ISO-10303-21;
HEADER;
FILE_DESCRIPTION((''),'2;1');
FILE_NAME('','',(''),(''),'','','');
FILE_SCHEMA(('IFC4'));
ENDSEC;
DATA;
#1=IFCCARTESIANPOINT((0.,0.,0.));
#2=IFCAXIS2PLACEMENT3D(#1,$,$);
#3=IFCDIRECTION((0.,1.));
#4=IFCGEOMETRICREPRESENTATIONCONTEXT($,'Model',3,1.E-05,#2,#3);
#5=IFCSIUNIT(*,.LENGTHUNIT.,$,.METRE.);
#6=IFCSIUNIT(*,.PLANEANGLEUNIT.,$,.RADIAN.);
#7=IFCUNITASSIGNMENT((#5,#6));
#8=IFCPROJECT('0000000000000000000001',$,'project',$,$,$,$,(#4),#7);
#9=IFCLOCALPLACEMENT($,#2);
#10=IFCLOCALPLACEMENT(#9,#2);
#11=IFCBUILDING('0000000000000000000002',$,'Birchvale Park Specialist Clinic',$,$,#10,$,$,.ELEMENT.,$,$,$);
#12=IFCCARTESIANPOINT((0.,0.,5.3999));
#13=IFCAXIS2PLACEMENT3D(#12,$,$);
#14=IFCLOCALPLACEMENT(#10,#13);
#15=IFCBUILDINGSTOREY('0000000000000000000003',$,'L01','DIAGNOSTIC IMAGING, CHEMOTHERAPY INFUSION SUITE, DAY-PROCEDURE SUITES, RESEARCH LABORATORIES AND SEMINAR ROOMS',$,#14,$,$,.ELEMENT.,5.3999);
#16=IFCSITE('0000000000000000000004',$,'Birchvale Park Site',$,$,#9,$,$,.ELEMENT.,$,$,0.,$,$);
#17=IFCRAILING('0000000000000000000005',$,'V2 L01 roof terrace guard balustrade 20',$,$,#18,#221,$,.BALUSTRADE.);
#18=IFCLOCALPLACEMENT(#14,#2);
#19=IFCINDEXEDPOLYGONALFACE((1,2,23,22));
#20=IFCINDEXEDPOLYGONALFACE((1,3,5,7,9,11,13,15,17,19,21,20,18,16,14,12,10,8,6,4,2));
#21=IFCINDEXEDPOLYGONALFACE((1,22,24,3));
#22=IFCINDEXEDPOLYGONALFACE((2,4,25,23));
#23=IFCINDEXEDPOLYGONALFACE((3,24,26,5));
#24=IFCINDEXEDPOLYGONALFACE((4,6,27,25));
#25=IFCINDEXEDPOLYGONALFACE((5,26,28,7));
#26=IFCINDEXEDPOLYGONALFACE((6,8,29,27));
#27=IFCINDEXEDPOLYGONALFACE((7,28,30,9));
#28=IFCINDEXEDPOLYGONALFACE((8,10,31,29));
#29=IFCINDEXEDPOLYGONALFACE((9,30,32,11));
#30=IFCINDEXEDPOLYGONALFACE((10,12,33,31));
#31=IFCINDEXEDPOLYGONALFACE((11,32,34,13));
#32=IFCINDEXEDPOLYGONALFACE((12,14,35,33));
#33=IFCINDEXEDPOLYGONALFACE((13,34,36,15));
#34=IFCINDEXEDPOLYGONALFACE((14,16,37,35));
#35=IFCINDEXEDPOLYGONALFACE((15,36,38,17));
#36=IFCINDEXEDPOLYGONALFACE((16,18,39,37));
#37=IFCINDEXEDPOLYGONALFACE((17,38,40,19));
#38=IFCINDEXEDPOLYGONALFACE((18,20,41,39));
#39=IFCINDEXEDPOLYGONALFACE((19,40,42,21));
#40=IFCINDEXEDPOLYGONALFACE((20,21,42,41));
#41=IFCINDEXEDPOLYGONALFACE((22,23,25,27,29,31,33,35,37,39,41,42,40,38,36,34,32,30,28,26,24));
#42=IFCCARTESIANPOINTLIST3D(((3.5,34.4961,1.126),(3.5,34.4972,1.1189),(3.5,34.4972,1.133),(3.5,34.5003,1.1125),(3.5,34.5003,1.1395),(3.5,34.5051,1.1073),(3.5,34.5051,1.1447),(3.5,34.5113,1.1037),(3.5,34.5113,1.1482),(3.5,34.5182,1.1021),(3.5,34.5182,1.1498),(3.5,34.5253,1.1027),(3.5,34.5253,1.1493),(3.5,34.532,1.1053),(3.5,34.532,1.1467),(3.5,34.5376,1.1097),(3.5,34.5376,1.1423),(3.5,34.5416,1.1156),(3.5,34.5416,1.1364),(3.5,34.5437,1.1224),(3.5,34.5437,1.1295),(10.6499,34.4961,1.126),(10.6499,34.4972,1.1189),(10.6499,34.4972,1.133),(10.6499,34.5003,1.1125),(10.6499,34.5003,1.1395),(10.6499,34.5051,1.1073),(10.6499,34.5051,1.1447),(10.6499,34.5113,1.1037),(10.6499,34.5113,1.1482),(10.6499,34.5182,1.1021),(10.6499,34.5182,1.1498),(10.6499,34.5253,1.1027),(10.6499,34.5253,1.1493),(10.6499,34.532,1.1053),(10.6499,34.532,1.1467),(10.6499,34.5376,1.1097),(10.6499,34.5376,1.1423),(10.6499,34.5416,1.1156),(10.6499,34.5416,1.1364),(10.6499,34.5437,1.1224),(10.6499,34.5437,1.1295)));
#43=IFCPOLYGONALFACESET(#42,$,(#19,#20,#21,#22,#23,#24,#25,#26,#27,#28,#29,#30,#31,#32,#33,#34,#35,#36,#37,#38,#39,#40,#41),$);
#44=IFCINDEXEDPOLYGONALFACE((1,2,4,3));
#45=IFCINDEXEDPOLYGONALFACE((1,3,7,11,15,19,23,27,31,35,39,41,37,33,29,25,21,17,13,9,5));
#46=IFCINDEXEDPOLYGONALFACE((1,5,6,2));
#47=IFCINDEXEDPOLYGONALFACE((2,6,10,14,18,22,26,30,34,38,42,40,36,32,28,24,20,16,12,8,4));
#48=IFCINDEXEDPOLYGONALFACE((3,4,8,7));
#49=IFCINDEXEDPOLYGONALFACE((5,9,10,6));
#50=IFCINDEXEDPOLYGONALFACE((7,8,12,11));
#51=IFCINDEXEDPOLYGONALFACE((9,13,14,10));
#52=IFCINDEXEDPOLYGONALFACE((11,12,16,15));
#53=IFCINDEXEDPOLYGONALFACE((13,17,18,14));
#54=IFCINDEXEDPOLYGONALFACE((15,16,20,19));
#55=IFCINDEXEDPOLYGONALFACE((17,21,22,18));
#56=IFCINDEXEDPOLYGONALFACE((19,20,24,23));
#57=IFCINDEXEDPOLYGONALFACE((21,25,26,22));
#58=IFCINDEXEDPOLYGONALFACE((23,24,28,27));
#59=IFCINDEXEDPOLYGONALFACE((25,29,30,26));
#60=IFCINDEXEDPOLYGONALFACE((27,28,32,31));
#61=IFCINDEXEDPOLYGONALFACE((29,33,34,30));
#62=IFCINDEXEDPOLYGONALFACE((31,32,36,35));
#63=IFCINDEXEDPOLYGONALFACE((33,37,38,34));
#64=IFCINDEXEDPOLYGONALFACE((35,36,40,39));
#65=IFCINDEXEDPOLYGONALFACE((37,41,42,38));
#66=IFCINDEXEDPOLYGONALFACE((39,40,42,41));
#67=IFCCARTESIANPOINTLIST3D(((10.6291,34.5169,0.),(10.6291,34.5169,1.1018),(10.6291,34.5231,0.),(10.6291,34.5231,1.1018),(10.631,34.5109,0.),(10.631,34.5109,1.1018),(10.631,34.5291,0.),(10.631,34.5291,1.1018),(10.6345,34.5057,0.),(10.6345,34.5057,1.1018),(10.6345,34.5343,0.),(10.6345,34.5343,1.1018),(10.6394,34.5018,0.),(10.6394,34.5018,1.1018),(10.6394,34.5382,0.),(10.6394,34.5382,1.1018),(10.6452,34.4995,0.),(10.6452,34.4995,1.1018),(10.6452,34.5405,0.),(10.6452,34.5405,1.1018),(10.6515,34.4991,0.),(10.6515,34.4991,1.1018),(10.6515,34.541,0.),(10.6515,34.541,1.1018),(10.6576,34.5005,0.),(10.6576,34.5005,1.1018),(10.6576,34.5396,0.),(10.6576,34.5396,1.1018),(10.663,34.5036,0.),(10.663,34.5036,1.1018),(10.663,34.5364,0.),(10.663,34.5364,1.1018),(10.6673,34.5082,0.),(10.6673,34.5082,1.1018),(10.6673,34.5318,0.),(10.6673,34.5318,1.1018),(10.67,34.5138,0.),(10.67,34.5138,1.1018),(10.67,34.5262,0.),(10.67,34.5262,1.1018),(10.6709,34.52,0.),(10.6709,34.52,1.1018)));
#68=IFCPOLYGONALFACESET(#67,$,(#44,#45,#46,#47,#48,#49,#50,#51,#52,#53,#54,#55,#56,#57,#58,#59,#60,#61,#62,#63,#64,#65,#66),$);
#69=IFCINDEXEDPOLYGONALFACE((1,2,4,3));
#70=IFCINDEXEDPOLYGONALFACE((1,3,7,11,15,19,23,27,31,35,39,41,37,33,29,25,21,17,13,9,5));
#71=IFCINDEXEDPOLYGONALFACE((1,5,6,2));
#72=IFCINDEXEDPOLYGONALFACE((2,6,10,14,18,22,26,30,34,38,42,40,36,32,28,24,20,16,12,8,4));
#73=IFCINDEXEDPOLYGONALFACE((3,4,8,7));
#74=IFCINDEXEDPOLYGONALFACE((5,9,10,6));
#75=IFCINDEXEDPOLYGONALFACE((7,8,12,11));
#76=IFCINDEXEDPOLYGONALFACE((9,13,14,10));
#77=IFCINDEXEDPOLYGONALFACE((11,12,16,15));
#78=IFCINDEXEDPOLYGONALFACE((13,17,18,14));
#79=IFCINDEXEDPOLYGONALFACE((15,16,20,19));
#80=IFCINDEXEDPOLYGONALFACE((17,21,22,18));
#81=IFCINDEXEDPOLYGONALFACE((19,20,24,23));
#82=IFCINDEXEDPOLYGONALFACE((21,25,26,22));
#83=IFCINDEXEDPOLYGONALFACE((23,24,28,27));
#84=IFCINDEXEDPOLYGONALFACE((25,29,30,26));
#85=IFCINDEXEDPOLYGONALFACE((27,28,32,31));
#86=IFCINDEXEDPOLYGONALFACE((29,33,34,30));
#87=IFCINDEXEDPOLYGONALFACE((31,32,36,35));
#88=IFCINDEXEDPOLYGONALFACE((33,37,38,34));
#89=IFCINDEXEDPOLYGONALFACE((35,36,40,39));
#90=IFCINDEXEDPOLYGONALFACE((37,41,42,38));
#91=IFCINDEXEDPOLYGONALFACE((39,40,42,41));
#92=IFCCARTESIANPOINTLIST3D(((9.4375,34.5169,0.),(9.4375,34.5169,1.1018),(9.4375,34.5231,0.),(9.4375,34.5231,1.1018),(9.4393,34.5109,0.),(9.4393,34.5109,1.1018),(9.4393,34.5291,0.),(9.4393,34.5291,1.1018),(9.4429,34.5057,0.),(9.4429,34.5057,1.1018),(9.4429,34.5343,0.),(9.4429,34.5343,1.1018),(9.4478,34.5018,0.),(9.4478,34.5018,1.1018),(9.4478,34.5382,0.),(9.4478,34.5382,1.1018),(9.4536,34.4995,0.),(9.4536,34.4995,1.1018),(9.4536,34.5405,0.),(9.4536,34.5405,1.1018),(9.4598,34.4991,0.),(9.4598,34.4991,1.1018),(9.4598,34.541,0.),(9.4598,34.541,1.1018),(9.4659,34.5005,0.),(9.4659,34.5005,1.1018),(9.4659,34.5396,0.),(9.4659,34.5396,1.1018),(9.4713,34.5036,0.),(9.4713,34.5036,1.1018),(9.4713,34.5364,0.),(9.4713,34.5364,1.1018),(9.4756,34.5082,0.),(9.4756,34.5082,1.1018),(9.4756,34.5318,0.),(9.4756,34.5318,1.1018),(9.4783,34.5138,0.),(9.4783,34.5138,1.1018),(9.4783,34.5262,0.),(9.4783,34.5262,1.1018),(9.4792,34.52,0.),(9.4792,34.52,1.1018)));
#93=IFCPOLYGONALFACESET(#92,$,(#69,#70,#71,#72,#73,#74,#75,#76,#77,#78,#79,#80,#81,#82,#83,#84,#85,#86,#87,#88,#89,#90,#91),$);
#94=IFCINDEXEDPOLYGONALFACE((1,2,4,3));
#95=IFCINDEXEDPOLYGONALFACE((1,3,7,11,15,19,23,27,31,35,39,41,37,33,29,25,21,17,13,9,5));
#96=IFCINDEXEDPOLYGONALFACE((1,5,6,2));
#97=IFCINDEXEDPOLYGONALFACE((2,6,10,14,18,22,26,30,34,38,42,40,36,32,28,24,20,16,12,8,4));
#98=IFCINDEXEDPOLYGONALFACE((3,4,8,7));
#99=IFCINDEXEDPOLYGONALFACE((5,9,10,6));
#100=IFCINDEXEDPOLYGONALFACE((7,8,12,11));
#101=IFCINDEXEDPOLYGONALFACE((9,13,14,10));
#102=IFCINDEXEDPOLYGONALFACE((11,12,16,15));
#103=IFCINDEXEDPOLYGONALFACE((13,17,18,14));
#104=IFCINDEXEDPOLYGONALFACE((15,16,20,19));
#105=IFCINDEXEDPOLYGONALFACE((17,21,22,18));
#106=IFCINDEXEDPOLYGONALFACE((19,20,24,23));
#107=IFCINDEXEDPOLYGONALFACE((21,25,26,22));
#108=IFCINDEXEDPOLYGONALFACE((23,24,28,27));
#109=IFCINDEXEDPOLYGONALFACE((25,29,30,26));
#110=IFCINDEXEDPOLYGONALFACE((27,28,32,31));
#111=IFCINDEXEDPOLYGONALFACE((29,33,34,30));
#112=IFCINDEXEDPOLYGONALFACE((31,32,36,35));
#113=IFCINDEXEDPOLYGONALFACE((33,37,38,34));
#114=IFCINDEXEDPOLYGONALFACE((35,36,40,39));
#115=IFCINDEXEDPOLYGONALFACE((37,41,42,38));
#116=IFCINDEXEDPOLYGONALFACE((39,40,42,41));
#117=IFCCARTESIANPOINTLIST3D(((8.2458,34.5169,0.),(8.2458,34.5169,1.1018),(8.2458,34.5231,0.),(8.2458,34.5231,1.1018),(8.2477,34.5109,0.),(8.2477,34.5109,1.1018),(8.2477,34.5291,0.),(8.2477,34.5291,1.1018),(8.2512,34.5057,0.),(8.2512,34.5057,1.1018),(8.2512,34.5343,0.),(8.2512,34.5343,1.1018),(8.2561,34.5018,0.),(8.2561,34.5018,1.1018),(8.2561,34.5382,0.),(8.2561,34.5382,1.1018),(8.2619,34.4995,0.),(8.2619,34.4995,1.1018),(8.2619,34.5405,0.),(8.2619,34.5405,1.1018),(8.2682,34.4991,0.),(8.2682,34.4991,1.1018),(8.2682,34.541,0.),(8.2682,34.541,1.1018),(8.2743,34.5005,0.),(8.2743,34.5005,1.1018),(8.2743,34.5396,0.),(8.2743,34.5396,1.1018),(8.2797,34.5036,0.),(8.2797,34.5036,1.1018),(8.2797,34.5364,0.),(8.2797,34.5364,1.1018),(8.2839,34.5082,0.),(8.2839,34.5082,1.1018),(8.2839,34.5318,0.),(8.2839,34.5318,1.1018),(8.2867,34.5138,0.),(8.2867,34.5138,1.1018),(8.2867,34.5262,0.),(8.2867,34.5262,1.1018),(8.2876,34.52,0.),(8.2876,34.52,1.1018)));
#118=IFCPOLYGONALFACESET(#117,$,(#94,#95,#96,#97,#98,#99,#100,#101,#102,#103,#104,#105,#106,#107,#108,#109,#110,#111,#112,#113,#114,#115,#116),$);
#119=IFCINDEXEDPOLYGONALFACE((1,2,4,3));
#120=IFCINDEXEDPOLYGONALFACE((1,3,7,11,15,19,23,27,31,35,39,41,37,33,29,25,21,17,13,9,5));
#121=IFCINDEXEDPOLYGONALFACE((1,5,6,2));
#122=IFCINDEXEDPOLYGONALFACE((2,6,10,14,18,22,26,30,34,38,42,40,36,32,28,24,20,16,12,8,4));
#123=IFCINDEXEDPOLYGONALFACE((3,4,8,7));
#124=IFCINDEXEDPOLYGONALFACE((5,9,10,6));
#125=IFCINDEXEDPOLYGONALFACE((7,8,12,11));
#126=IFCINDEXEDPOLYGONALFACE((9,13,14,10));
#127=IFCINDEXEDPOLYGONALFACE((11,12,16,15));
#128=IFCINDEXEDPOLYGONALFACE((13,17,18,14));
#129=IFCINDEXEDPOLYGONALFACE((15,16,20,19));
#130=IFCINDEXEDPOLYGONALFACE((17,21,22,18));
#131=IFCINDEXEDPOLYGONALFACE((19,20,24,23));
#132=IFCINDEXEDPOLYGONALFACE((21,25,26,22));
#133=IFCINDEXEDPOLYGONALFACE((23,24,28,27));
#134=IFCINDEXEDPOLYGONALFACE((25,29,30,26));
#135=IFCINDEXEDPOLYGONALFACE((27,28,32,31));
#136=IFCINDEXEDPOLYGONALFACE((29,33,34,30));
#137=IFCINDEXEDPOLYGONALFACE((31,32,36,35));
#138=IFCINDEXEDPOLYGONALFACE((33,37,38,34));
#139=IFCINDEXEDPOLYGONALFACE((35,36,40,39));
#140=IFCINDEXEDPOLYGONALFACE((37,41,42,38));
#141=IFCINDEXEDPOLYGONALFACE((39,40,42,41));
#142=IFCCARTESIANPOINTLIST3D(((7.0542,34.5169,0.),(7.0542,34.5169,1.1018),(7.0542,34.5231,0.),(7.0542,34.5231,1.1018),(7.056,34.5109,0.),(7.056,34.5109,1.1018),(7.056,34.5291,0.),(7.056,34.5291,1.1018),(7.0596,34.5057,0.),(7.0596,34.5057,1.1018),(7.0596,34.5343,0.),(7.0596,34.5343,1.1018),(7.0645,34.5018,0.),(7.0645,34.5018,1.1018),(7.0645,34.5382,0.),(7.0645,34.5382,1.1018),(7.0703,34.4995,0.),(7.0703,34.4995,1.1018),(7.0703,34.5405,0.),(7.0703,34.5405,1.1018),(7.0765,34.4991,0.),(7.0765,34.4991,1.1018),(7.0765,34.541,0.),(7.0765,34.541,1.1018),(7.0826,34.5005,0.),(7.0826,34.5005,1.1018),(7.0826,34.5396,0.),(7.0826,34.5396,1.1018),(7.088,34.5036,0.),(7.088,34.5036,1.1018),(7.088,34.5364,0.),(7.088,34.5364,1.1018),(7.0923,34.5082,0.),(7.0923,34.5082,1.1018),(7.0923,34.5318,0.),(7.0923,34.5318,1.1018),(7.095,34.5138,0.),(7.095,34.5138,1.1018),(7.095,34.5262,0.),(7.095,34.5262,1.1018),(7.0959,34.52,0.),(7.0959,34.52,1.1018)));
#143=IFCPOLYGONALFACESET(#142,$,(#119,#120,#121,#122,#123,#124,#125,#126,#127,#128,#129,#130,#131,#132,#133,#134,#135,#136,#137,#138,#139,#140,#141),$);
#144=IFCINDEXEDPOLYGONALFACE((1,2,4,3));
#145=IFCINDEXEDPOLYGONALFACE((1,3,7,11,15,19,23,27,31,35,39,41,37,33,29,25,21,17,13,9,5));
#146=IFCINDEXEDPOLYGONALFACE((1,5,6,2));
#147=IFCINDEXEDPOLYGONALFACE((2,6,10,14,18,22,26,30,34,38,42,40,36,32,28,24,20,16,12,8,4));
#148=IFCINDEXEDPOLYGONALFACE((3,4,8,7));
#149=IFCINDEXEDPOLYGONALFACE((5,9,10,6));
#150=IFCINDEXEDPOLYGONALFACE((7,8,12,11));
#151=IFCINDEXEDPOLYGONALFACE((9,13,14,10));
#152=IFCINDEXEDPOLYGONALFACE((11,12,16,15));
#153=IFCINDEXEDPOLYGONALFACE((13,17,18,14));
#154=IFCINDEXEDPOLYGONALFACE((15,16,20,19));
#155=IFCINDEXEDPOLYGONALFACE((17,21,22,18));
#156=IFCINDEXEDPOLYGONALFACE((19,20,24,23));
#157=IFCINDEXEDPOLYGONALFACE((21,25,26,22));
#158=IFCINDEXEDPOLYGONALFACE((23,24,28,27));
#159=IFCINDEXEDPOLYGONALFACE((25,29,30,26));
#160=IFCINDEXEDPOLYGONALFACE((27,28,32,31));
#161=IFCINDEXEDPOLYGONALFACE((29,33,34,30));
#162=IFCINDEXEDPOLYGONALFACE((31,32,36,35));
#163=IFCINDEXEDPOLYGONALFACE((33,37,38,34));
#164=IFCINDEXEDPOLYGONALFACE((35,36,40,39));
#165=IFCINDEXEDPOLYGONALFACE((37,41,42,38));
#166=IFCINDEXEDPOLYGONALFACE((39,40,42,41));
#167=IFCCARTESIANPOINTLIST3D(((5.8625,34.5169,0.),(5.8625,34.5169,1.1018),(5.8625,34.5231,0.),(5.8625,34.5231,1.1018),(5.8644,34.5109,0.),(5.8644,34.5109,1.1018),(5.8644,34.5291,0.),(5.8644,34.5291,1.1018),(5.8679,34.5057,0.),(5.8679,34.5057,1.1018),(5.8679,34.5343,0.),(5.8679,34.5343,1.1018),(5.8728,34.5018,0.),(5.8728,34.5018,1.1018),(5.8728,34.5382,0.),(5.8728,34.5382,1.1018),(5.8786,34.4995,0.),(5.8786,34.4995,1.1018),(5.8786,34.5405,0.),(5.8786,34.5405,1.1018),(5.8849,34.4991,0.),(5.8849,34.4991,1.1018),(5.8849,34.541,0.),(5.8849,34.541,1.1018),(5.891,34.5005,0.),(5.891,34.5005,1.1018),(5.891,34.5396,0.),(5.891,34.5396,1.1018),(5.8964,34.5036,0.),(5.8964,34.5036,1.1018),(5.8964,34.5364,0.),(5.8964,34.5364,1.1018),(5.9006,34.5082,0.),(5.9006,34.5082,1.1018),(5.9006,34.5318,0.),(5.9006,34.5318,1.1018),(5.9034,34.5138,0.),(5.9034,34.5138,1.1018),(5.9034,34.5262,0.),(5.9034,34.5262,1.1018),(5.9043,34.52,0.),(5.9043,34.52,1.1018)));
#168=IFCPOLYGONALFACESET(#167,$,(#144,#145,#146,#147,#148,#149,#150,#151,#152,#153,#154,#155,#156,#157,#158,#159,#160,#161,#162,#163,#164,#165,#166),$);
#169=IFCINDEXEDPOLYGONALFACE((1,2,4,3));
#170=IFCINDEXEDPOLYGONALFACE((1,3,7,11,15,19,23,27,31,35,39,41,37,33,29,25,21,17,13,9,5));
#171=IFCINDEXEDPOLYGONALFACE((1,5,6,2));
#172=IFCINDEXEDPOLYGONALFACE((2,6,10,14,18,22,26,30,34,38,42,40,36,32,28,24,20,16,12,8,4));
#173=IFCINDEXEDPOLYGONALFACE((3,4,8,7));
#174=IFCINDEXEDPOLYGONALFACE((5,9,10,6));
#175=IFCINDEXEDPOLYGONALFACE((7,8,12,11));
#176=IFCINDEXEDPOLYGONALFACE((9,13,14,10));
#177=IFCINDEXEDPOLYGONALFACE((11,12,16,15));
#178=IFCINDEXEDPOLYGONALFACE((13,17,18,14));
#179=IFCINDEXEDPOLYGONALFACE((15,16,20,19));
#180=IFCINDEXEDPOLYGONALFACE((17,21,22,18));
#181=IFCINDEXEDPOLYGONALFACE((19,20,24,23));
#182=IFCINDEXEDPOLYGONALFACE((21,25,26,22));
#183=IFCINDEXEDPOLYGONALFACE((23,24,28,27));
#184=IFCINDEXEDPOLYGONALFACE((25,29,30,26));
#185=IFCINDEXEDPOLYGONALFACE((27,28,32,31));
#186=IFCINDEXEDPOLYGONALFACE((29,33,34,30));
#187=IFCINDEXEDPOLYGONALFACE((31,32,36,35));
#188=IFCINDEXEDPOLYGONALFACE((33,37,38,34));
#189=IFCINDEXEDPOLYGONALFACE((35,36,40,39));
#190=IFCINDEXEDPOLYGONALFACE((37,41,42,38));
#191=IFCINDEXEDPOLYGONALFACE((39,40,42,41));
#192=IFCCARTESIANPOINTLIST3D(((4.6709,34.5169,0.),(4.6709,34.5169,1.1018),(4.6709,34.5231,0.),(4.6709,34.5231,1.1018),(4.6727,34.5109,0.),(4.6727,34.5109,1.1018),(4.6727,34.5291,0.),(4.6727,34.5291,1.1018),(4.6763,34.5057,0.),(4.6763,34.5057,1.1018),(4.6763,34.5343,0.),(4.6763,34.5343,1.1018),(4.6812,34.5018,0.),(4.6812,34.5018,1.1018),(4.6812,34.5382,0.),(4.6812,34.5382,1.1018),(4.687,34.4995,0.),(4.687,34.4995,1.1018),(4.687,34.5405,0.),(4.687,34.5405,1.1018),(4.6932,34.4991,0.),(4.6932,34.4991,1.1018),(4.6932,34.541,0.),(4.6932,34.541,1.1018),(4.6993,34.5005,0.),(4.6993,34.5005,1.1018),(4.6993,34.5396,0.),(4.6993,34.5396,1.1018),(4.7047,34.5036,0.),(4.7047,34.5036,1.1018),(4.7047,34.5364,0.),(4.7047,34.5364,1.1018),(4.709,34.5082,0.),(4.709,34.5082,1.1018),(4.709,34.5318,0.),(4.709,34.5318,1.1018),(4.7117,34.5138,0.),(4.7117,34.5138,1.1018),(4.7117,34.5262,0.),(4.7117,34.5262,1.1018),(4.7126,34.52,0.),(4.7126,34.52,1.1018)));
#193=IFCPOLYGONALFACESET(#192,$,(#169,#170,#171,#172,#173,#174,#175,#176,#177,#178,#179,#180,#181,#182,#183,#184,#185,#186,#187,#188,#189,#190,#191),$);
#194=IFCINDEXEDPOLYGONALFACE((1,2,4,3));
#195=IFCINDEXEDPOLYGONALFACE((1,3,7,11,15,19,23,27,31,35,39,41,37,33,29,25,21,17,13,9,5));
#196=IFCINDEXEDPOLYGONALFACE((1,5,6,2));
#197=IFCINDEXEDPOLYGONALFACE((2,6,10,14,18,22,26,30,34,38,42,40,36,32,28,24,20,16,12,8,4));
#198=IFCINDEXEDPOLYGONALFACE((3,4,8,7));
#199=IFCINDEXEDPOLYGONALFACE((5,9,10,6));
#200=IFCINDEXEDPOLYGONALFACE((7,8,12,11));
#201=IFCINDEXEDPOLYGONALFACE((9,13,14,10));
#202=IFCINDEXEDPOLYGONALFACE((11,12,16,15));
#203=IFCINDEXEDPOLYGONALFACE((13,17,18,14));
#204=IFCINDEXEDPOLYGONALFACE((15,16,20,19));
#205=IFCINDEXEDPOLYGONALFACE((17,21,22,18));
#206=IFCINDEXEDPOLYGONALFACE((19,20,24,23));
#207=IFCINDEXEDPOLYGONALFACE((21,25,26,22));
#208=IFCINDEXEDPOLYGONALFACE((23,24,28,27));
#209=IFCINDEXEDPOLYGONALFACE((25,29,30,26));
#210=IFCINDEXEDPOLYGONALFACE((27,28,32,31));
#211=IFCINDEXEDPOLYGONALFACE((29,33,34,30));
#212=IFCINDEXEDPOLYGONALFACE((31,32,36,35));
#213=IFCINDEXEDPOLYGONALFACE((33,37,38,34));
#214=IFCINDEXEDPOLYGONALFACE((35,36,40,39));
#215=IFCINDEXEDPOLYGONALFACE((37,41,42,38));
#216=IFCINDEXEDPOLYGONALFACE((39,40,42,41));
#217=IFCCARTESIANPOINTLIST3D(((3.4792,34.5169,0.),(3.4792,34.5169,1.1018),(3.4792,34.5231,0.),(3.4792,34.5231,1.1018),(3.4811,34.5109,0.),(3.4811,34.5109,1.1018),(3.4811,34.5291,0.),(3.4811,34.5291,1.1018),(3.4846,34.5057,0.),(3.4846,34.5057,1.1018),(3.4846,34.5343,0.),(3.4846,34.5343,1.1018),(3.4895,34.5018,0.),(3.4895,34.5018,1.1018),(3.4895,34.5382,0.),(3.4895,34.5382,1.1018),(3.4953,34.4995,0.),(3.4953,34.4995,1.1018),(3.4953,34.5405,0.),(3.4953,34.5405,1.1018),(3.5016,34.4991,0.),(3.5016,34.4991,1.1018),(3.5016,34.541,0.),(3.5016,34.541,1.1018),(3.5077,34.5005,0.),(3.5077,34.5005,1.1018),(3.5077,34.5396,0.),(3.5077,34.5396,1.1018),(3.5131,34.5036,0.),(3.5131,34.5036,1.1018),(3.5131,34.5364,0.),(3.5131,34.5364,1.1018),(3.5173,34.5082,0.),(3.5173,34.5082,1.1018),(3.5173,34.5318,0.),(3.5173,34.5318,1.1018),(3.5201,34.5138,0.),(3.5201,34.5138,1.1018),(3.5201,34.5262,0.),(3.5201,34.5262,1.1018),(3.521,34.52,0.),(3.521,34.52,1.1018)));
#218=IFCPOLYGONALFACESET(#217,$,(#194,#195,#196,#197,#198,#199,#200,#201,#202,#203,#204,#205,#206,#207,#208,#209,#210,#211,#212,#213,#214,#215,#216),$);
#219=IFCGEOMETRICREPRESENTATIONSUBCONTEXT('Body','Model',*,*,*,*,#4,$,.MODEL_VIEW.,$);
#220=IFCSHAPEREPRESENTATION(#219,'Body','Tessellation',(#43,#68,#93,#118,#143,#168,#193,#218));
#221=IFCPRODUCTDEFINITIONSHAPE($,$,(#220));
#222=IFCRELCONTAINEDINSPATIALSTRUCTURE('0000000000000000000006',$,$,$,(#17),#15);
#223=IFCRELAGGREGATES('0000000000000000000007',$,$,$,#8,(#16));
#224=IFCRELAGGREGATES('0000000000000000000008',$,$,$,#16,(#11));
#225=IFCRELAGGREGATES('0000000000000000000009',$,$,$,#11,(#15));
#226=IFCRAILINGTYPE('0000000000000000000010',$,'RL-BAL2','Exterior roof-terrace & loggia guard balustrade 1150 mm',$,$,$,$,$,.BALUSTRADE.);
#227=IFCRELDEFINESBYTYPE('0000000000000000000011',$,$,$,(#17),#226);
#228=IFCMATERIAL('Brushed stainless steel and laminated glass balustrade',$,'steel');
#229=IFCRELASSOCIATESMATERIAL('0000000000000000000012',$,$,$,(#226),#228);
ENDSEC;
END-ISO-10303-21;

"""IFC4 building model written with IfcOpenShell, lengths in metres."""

from ifc_helpers import new_model, si_unit, direction, frame, origin, origin_2d, place, context, subcontext, project, spatial, circle, extrude, material, type_object, element, save


model = new_model("IFC4")

# Units and contexts
model_context = context("Model", 3, precision=1e-05, world=origin(), true_north=direction((0.0, 1.0)))
body_context = subcontext(model_context, "Body", "Model", "MODEL_VIEW")
ifc_project = project(units=[si_unit("LENGTHUNIT", "METRE"), si_unit("PLANEANGLEUNIT", "RADIAN")], contexts=[model_context])

# Site, building, storey
site_placement = place(None, origin())
site = spatial("IfcSite", under=ifc_project, at=site_placement, Name="Birchvale Park Site", CompositionType="ELEMENT", RefElevation=0.0)
building_placement = place(site_placement, origin())
building = spatial("IfcBuilding", under=site, at=building_placement, Name="Birchvale Park Specialist Clinic", CompositionType="ELEMENT")
storey_placement = place(building_placement, frame((0.0, 0.0, 5.3999)))
storey = spatial("IfcBuildingStorey", under=building, at=storey_placement, Name="L01", Description="DIAGNOSTIC IMAGING, CHEMOTHERAPY INFUSION SUITE, DAY-PROCEDURE SUITES, RESEARCH LABORATORIES AND SEMINAR ROOMS", CompositionType="ELEMENT", Elevation=5.3999)

# Railing
ifc_material_1 = material(Name="Brushed stainless steel and laminated glass balustrade", Category="steel")
railing_type = type_object("IfcRailingType", Name="RL-BAL2", Description="Exterior roof-terrace & loggia guard balustrade 1150 mm", PredefinedType="BALUSTRADE", material=ifc_material_1)
railing_1_placement = place(storey_placement, frame((10.6499, 34.52, 0.0)))
element("IfcRailing", 1, at=railing_1_placement, inside=storey, type_object=railing_type, Name="V2 L01 roof terrace guard balustrade 20", PredefinedType="BALUSTRADE", context=body_context, shape_type="SweptSolid", body=[
    extrude(circle(Radius=0.0239, at=origin_2d()), frame((0.0, 0.0, 1.126), z_axis=(-1.0, 0.0, 0.0), x_axis=(0.0, -1.0, 0.0)), (0.0, 0.0, 1.0), 7.1499),
    extrude(circle(Radius=0.021, at=origin_2d()), origin(), (0.0, 0.0, 1.0), 1.1018),
    extrude(circle(Radius=0.021, at=origin_2d()), frame((-1.1917, 0.0, 0.0)), (0.0, 0.0, 1.0), 1.1018),
    extrude(circle(Radius=0.021, at=origin_2d()), frame((-2.3833, 0.0, 0.0)), (0.0, 0.0, 1.0), 1.1018),
    extrude(circle(Radius=0.021, at=origin_2d()), frame((-3.575, 0.0, 0.0)), (0.0, 0.0, 1.0), 1.1018),
    extrude(circle(Radius=0.021, at=origin_2d()), frame((-4.7666, 0.0, 0.0)), (0.0, 0.0, 1.0), 1.1018),
    extrude(circle(Radius=0.021, at=origin_2d()), frame((-5.9583, 0.0, 0.0)), (0.0, 0.0, 1.0), 1.1018),
    extrude(circle(Radius=0.021, at=origin_2d()), frame((-7.1499, 0.0, 0.0)), (0.0, 0.0, 1.0), 1.1018),
])

save(model, "model.ifc")
